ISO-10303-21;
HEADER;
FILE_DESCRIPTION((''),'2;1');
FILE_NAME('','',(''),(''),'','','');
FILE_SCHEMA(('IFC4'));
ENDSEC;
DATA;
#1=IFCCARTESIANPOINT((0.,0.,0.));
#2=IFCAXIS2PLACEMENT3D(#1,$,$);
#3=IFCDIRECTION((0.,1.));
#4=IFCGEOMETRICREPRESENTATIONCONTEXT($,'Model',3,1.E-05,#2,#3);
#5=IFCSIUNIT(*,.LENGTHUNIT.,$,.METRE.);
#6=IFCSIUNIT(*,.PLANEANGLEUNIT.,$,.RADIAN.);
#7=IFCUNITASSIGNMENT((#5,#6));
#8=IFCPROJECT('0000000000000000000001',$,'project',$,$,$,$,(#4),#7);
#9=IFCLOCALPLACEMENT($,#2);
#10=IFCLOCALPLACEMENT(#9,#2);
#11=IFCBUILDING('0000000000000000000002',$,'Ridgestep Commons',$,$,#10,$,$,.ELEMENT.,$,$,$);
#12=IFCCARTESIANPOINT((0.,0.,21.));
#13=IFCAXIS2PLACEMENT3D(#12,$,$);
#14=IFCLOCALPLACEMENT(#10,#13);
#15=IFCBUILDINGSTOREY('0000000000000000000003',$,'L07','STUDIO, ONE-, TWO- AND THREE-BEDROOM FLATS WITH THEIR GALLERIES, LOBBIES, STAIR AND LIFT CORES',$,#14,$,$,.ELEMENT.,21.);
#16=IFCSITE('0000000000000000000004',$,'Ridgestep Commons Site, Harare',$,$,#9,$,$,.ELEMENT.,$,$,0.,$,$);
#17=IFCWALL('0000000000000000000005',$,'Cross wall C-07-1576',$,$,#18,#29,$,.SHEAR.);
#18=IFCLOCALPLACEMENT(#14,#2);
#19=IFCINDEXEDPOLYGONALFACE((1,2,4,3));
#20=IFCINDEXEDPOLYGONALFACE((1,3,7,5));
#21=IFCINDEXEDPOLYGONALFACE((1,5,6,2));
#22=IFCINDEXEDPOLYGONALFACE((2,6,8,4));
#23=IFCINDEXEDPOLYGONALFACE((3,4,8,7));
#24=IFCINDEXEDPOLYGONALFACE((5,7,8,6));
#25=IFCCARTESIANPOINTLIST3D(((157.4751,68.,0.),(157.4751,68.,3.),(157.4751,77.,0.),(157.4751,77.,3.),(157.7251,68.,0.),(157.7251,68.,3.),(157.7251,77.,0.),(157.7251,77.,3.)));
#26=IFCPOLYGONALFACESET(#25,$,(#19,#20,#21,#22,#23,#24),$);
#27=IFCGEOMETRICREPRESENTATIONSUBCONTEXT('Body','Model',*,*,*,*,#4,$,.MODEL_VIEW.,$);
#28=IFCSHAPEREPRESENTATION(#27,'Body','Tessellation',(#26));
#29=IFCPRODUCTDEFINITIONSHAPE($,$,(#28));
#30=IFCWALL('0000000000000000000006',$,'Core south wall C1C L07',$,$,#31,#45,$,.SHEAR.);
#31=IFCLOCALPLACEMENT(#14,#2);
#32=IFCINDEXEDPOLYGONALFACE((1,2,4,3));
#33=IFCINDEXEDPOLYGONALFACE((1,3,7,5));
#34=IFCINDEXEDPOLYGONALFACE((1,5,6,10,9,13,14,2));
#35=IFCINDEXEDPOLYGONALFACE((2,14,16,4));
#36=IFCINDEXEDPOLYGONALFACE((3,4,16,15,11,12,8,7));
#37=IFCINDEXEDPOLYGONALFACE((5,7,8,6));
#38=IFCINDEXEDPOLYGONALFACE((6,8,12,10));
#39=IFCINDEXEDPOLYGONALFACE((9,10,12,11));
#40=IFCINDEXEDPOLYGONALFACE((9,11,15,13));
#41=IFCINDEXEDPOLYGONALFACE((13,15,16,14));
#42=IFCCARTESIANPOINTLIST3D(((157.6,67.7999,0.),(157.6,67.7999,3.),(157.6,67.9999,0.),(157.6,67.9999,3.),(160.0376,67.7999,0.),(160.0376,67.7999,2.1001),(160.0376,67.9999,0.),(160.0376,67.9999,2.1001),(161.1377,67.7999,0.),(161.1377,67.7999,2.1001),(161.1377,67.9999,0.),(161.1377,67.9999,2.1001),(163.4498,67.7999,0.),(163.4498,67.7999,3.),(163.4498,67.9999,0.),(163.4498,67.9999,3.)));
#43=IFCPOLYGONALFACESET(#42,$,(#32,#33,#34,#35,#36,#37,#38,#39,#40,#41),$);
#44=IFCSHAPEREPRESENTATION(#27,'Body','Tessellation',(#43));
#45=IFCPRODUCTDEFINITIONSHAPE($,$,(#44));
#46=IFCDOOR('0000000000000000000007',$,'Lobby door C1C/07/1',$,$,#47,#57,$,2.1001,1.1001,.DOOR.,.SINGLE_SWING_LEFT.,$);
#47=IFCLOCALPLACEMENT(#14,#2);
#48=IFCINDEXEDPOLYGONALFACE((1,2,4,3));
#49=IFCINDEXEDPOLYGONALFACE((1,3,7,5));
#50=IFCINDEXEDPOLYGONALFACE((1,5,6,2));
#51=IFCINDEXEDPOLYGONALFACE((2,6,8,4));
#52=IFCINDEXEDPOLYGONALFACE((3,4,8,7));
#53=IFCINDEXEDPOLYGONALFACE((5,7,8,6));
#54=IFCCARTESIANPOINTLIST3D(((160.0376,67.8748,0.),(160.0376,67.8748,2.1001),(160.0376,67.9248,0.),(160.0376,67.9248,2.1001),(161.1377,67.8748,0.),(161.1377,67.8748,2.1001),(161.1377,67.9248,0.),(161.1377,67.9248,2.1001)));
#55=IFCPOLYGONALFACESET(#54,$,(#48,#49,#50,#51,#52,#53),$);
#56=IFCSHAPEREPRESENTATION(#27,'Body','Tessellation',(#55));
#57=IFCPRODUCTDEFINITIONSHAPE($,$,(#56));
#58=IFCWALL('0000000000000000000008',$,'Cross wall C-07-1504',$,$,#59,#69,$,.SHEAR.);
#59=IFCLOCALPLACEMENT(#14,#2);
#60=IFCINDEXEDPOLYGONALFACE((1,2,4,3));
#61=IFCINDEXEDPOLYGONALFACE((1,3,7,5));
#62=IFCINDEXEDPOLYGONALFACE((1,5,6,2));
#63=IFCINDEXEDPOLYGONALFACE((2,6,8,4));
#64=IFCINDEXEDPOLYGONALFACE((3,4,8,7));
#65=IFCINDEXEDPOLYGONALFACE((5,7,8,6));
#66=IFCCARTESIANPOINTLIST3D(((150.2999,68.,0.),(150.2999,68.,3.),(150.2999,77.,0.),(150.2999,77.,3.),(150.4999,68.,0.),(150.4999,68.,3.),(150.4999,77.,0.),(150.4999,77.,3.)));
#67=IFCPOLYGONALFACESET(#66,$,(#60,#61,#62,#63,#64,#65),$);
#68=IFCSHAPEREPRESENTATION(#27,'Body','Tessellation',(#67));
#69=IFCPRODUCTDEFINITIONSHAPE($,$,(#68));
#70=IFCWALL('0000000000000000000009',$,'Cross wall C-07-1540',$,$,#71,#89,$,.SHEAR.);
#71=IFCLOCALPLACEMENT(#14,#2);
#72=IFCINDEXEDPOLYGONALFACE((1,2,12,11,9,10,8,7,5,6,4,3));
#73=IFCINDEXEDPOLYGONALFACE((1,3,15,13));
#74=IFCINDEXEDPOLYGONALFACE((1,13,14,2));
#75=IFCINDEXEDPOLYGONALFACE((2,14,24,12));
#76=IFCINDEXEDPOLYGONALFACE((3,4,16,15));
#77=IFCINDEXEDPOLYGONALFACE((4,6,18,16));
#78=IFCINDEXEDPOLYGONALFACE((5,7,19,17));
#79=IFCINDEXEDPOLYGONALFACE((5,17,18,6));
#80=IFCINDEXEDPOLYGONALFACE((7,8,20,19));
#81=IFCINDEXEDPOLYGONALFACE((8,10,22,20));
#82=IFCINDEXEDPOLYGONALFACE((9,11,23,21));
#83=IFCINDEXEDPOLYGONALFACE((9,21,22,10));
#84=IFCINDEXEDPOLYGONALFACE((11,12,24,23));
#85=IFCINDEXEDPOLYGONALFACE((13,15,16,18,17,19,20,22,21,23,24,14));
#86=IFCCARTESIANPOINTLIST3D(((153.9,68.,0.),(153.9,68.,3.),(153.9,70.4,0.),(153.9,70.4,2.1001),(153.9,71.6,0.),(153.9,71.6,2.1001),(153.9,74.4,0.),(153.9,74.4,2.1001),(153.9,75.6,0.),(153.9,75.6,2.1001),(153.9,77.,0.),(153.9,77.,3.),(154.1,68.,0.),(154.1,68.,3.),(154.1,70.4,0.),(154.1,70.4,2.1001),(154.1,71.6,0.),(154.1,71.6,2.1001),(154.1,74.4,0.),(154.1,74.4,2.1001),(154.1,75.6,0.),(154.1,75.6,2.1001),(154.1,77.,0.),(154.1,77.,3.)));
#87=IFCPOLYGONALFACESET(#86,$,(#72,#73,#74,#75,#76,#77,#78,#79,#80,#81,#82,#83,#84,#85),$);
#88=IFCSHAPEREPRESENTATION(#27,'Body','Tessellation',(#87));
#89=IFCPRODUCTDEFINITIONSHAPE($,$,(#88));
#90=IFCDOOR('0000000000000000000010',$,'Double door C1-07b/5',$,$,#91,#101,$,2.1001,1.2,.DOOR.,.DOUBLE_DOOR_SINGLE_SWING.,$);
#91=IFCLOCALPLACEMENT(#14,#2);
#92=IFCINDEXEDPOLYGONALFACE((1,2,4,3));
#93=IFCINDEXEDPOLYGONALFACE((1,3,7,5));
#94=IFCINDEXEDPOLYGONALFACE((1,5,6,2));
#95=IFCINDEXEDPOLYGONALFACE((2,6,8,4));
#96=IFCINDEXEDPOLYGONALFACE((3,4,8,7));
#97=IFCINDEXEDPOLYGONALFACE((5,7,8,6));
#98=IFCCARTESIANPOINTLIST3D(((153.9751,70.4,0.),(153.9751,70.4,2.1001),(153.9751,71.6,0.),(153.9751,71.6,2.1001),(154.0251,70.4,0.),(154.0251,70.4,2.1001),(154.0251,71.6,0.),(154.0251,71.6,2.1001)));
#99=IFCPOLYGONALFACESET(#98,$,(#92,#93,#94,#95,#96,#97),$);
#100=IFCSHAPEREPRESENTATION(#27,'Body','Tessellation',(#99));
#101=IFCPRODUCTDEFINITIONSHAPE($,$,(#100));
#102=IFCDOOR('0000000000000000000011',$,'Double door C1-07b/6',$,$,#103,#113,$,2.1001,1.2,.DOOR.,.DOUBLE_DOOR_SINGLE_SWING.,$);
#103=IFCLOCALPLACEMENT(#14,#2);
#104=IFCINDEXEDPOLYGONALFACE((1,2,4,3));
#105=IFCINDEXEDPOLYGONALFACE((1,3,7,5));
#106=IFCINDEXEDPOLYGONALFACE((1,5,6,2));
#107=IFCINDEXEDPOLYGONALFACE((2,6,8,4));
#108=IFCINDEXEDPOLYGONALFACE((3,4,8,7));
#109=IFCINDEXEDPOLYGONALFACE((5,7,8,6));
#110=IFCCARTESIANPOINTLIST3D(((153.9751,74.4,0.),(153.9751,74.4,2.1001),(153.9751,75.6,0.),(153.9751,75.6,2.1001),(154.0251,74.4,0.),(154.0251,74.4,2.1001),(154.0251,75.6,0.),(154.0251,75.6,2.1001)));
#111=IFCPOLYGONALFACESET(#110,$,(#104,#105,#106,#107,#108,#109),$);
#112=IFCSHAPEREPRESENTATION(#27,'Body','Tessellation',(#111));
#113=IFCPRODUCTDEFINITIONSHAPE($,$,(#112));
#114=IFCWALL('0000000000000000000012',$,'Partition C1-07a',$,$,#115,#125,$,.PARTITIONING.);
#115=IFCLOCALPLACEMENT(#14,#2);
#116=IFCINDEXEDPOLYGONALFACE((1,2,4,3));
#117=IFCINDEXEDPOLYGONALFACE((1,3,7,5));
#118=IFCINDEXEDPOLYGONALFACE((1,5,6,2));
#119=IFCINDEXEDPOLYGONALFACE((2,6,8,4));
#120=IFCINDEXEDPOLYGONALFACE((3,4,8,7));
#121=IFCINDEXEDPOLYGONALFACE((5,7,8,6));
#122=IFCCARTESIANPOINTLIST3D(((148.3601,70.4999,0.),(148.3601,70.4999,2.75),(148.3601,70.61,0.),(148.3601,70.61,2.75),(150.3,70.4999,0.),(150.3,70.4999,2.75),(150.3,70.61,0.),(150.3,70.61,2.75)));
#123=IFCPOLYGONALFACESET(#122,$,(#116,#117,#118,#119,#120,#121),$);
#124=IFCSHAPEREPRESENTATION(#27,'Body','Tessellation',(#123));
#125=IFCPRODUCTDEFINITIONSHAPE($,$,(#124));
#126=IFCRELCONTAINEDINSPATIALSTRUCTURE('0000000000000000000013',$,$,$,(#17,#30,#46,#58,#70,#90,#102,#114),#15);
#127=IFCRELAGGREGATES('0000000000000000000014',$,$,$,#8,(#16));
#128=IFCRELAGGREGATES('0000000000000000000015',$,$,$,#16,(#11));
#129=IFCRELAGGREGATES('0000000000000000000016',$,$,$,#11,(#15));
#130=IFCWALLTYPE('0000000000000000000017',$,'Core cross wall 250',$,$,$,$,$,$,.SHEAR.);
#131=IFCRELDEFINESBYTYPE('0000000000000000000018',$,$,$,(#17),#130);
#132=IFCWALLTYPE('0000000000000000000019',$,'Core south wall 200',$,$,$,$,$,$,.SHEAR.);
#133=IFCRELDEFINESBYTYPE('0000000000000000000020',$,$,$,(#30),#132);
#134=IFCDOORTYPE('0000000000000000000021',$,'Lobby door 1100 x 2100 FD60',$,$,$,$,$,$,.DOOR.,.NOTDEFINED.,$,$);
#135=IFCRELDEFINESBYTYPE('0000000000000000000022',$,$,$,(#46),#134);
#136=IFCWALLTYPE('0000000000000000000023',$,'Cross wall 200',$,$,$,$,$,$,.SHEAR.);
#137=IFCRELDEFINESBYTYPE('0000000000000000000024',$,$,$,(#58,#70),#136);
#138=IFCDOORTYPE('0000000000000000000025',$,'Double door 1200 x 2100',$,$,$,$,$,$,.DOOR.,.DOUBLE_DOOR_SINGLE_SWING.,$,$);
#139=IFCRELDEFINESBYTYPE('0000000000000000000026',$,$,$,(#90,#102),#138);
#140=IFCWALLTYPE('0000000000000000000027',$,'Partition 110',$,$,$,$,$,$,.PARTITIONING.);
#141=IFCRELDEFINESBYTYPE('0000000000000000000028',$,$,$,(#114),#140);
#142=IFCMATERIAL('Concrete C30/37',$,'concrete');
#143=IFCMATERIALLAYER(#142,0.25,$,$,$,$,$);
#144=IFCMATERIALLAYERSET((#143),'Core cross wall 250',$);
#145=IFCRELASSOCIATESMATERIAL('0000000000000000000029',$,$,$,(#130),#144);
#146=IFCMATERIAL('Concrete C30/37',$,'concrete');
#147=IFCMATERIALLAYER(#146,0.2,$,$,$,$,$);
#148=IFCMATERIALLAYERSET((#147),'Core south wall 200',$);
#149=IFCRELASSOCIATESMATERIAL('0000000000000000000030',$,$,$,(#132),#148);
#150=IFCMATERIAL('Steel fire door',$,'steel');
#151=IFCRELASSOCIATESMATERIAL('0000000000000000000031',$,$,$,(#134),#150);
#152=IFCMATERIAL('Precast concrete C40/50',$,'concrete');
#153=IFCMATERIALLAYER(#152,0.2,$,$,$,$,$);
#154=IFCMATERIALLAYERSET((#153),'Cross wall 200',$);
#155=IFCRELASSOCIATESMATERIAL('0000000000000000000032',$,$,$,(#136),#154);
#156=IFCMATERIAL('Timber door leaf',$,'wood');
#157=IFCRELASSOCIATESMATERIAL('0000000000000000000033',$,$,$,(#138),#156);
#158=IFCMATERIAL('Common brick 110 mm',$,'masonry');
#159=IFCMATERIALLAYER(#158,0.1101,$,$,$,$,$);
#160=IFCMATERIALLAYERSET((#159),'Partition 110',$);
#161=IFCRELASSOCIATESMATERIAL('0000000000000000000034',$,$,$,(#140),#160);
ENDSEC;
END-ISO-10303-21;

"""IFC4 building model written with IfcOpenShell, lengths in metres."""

from ifc_helpers import new_model, si_unit, direction, frame, frame_2d, origin, place, context, subcontext, project, spatial, rectangle, extrude, material, layer, layer_set, type_object, element, fill, save


model = new_model("IFC4")

# Units and contexts
model_context = context("Model", 3, precision=1e-05, world=origin(), true_north=direction((0.0, 1.0)))
body_context = subcontext(model_context, "Body", "Model", "MODEL_VIEW")
ifc_project = project(units=[si_unit("LENGTHUNIT", "METRE"), si_unit("PLANEANGLEUNIT", "RADIAN")], contexts=[model_context])

# Site, building, storey
site_placement = place(None, origin())
site = spatial("IfcSite", under=ifc_project, at=site_placement, Name="Ridgestep Commons Site, Harare", CompositionType="ELEMENT", RefElevation=0.0)
building_placement = place(site_placement, origin())
building = spatial("IfcBuilding", under=site, at=building_placement, Name="Ridgestep Commons", CompositionType="ELEMENT")
storey_placement = place(building_placement, frame((0.0, 0.0, 21.0)))
storey = spatial("IfcBuildingStorey", under=building, at=storey_placement, Name="L07", Description="STUDIO, ONE-, TWO- AND THREE-BEDROOM FLATS WITH THEIR GALLERIES, LOBBIES, STAIR AND LIFT CORES", CompositionType="ELEMENT", Elevation=21.0)

# Wall
ifc_material_1 = material(Name="Concrete C30/37", Category="concrete")
ifc_layer_1 = layer(ifc_material_1, 0.25)
ifc_layer_set_1 = layer_set([ifc_layer_1], Name="Core cross wall 250")
wall_type_1 = type_object("IfcWallType", Name="Core cross wall 250", PredefinedType="SHEAR", material=ifc_layer_set_1)
wall_1_placement = place(storey_placement, frame((157.6001, 68.0, 0.0), z_axis=(0.0, 0.0, 1.0), x_axis=(0.0, 1.0, 0.0)))
element("IfcWall", 1, at=wall_1_placement, inside=storey, type_object=wall_type_1, Name="Cross wall C-07-1576", PredefinedType="SHEAR", context=body_context, shape_type="SweptSolid", body=[
    extrude(rectangle(XDim=9.0, YDim=0.25, at=frame_2d((4.5, 0.0))), origin(), (0.0, 0.0, 1.0), 3.0),
])

# Wall, opening, door
ifc_material_2 = material(Name="Concrete C30/37", Category="concrete")
ifc_layer_2 = layer(ifc_material_2, 0.2)
ifc_layer_set_2 = layer_set([ifc_layer_2], Name="Core south wall 200")
wall_type_2 = type_object("IfcWallType", Name="Core south wall 200", PredefinedType="SHEAR", material=ifc_layer_set_2)
wall_2_placement = place(storey_placement, frame((157.6001, 67.8999, 0.0), z_axis=(0.0, 0.0, 1.0), x_axis=(1.0, 0.0, 0.0)))
wall_2 = element("IfcWall", 2, at=wall_2_placement, inside=storey, type_object=wall_type_2, Name="Core south wall C1C L07", PredefinedType="SHEAR", context=body_context, shape_type="SweptSolid", body=[
    extrude(rectangle(XDim=5.8499, YDim=0.2, at=frame_2d((2.9248, 0.0))), origin(), (0.0, 0.0, 1.0), 3.0),
])
opening_1_placement = place(wall_2_placement, frame((2.4375, 0.0, 0.0)))
opening_1 = element("IfcOpeningElement", 3, at=opening_1_placement, cuts=wall_2, PredefinedType="OPENING", context=body_context, shape_type="SweptSolid", body=[
    extrude(rectangle(XDim=1.1001, YDim=2.1001, at=frame_2d((0.55, 1.05))), frame((0.0, 0.1099, 0.0), z_axis=(0.0, -1.0, 0.0), x_axis=(1.0, 0.0, 0.0)), (0.0, 0.0, 1.0), 0.22),
])
ifc_material_3 = material(Name="Steel fire door", Category="steel")
door_type_1 = type_object("IfcDoorType", Name="Lobby door 1100 x 2100 FD60", OperationType="NOTDEFINED", PredefinedType="DOOR", material=ifc_material_3)
door_1_placement = place(opening_1_placement, origin())
door_1 = element("IfcDoor", 4, at=door_1_placement, inside=storey, type_object=door_type_1, Name="Lobby door C1C/07/1", OperationType="SINGLE_SWING_LEFT", OverallHeight=2.1001, OverallWidth=1.1001, PredefinedType="DOOR", context=body_context, shape_type="SweptSolid", body=[
    extrude(rectangle(XDim=1.1001, YDim=2.1001, at=frame_2d((0.55, 1.05))), frame((0.0, 0.0249, 0.0), z_axis=(0.0, -1.0, 0.0), x_axis=(1.0, 0.0, 0.0)), (0.0, 0.0, 1.0), 0.05),
])
fill(opening_1, door_1)

# Wall
ifc_material_4 = material(Name="Precast concrete C40/50", Category="concrete")
ifc_layer_3 = layer(ifc_material_4, 0.2)
ifc_layer_set_3 = layer_set([ifc_layer_3], Name="Cross wall 200")
wall_type_3 = type_object("IfcWallType", Name="Cross wall 200", PredefinedType="SHEAR", material=ifc_layer_set_3)
wall_3_placement = place(storey_placement, frame((150.3999, 68.0, 0.0), z_axis=(0.0, 0.0, 1.0), x_axis=(0.0, 1.0, 0.0)))
element("IfcWall", 5, at=wall_3_placement, inside=storey, type_object=wall_type_3, Name="Cross wall C-07-1504", PredefinedType="SHEAR", context=body_context, shape_type="SweptSolid", body=[
    extrude(rectangle(XDim=9.0, YDim=0.2, at=frame_2d((4.5, 0.0))), origin(), (0.0, 0.0, 1.0), 3.0),
])

# Wall, openings, doors
wall_4_placement = place(storey_placement, frame((154.0, 68.0, 0.0), z_axis=(0.0, 0.0, 1.0), x_axis=(0.0, 1.0, 0.0)))
wall_4 = element("IfcWall", 6, at=wall_4_placement, inside=storey, type_object=wall_type_3, Name="Cross wall C-07-1540", PredefinedType="SHEAR", context=body_context, shape_type="SweptSolid", body=[
    extrude(rectangle(XDim=9.0, YDim=0.2, at=frame_2d((4.5, 0.0))), origin(), (0.0, 0.0, 1.0), 3.0),
])
opening_2_placement = place(wall_4_placement, frame((2.3999, 0.0, 0.0)))
opening_2 = element("IfcOpeningElement", 7, at=opening_2_placement, cuts=wall_4, PredefinedType="OPENING", context=body_context, shape_type="SweptSolid", body=[
    extrude(rectangle(XDim=1.2, YDim=2.1001, at=frame_2d((0.6001, 1.05))), frame((0.0, 0.1099, 0.0), z_axis=(0.0, -1.0, 0.0), x_axis=(1.0, 0.0, 0.0)), (0.0, 0.0, 1.0), 0.22),
])
opening_3_placement = place(wall_4_placement, frame((6.3999, 0.0, 0.0)))
opening_3 = element("IfcOpeningElement", 8, at=opening_3_placement, cuts=wall_4, PredefinedType="OPENING", context=body_context, shape_type="SweptSolid", body=[
    extrude(rectangle(XDim=1.2, YDim=2.1001, at=frame_2d((0.6001, 1.05))), frame((0.0, 0.1099, 0.0), z_axis=(0.0, -1.0, 0.0), x_axis=(1.0, 0.0, 0.0)), (0.0, 0.0, 1.0), 0.22),
])
ifc_material_5 = material(Name="Timber door leaf", Category="wood")
door_type_2 = type_object("IfcDoorType", Name="Double door 1200 x 2100", OperationType="DOUBLE_DOOR_SINGLE_SWING", PredefinedType="DOOR", material=ifc_material_5)
door_2_placement = place(opening_2_placement, origin())
door_2 = element("IfcDoor", 9, at=door_2_placement, inside=storey, type_object=door_type_2, Name="Double door C1-07b/5", OperationType="DOUBLE_DOOR_SINGLE_SWING", OverallHeight=2.1001, OverallWidth=1.2, PredefinedType="DOOR", context=body_context, shape_type="SweptSolid", body=[
    extrude(rectangle(XDim=1.2, YDim=2.1001, at=frame_2d((0.6001, 1.05))), frame((0.0, 0.0249, 0.0), z_axis=(0.0, -1.0, 0.0), x_axis=(1.0, 0.0, 0.0)), (0.0, 0.0, 1.0), 0.05),
])
fill(opening_2, door_2)
door_3_placement = place(opening_3_placement, origin())
door_3 = element("IfcDoor", 10, at=door_3_placement, inside=storey, type_object=door_type_2, Name="Double door C1-07b/6", OperationType="DOUBLE_DOOR_SINGLE_SWING", OverallHeight=2.1001, OverallWidth=1.2, PredefinedType="DOOR", context=body_context, shape_type="SweptSolid", body=[
    extrude(rectangle(XDim=1.2, YDim=2.1001, at=frame_2d((0.6001, 1.05))), frame((0.0, 0.0249, 0.0), z_axis=(0.0, -1.0, 0.0), x_axis=(1.0, 0.0, 0.0)), (0.0, 0.0, 1.0), 0.05),
])
fill(opening_3, door_3)

# Wall
ifc_material_6 = material(Name="Common brick 110 mm", Category="masonry")
ifc_layer_4 = layer(ifc_material_6, 0.1101)
ifc_layer_set_4 = layer_set([ifc_layer_4], Name="Partition 110")
wall_type_4 = type_object("IfcWallType", Name="Partition 110", PredefinedType="PARTITIONING", material=ifc_layer_set_4)
wall_5_placement = place(storey_placement, frame((148.3601, 70.5549, 0.0), z_axis=(0.0, 0.0, 1.0), x_axis=(1.0, 0.0, 0.0)))
element("IfcWall", 11, at=wall_5_placement, inside=storey, type_object=wall_type_4, Name="Partition C1-07a", PredefinedType="PARTITIONING", context=body_context, shape_type="SweptSolid", body=[
    extrude(rectangle(XDim=1.9399, YDim=0.1101, at=frame_2d((0.97, 0.0))), origin(), (0.0, 0.0, 1.0), 2.75),
])

save(model, "model.ifc")
